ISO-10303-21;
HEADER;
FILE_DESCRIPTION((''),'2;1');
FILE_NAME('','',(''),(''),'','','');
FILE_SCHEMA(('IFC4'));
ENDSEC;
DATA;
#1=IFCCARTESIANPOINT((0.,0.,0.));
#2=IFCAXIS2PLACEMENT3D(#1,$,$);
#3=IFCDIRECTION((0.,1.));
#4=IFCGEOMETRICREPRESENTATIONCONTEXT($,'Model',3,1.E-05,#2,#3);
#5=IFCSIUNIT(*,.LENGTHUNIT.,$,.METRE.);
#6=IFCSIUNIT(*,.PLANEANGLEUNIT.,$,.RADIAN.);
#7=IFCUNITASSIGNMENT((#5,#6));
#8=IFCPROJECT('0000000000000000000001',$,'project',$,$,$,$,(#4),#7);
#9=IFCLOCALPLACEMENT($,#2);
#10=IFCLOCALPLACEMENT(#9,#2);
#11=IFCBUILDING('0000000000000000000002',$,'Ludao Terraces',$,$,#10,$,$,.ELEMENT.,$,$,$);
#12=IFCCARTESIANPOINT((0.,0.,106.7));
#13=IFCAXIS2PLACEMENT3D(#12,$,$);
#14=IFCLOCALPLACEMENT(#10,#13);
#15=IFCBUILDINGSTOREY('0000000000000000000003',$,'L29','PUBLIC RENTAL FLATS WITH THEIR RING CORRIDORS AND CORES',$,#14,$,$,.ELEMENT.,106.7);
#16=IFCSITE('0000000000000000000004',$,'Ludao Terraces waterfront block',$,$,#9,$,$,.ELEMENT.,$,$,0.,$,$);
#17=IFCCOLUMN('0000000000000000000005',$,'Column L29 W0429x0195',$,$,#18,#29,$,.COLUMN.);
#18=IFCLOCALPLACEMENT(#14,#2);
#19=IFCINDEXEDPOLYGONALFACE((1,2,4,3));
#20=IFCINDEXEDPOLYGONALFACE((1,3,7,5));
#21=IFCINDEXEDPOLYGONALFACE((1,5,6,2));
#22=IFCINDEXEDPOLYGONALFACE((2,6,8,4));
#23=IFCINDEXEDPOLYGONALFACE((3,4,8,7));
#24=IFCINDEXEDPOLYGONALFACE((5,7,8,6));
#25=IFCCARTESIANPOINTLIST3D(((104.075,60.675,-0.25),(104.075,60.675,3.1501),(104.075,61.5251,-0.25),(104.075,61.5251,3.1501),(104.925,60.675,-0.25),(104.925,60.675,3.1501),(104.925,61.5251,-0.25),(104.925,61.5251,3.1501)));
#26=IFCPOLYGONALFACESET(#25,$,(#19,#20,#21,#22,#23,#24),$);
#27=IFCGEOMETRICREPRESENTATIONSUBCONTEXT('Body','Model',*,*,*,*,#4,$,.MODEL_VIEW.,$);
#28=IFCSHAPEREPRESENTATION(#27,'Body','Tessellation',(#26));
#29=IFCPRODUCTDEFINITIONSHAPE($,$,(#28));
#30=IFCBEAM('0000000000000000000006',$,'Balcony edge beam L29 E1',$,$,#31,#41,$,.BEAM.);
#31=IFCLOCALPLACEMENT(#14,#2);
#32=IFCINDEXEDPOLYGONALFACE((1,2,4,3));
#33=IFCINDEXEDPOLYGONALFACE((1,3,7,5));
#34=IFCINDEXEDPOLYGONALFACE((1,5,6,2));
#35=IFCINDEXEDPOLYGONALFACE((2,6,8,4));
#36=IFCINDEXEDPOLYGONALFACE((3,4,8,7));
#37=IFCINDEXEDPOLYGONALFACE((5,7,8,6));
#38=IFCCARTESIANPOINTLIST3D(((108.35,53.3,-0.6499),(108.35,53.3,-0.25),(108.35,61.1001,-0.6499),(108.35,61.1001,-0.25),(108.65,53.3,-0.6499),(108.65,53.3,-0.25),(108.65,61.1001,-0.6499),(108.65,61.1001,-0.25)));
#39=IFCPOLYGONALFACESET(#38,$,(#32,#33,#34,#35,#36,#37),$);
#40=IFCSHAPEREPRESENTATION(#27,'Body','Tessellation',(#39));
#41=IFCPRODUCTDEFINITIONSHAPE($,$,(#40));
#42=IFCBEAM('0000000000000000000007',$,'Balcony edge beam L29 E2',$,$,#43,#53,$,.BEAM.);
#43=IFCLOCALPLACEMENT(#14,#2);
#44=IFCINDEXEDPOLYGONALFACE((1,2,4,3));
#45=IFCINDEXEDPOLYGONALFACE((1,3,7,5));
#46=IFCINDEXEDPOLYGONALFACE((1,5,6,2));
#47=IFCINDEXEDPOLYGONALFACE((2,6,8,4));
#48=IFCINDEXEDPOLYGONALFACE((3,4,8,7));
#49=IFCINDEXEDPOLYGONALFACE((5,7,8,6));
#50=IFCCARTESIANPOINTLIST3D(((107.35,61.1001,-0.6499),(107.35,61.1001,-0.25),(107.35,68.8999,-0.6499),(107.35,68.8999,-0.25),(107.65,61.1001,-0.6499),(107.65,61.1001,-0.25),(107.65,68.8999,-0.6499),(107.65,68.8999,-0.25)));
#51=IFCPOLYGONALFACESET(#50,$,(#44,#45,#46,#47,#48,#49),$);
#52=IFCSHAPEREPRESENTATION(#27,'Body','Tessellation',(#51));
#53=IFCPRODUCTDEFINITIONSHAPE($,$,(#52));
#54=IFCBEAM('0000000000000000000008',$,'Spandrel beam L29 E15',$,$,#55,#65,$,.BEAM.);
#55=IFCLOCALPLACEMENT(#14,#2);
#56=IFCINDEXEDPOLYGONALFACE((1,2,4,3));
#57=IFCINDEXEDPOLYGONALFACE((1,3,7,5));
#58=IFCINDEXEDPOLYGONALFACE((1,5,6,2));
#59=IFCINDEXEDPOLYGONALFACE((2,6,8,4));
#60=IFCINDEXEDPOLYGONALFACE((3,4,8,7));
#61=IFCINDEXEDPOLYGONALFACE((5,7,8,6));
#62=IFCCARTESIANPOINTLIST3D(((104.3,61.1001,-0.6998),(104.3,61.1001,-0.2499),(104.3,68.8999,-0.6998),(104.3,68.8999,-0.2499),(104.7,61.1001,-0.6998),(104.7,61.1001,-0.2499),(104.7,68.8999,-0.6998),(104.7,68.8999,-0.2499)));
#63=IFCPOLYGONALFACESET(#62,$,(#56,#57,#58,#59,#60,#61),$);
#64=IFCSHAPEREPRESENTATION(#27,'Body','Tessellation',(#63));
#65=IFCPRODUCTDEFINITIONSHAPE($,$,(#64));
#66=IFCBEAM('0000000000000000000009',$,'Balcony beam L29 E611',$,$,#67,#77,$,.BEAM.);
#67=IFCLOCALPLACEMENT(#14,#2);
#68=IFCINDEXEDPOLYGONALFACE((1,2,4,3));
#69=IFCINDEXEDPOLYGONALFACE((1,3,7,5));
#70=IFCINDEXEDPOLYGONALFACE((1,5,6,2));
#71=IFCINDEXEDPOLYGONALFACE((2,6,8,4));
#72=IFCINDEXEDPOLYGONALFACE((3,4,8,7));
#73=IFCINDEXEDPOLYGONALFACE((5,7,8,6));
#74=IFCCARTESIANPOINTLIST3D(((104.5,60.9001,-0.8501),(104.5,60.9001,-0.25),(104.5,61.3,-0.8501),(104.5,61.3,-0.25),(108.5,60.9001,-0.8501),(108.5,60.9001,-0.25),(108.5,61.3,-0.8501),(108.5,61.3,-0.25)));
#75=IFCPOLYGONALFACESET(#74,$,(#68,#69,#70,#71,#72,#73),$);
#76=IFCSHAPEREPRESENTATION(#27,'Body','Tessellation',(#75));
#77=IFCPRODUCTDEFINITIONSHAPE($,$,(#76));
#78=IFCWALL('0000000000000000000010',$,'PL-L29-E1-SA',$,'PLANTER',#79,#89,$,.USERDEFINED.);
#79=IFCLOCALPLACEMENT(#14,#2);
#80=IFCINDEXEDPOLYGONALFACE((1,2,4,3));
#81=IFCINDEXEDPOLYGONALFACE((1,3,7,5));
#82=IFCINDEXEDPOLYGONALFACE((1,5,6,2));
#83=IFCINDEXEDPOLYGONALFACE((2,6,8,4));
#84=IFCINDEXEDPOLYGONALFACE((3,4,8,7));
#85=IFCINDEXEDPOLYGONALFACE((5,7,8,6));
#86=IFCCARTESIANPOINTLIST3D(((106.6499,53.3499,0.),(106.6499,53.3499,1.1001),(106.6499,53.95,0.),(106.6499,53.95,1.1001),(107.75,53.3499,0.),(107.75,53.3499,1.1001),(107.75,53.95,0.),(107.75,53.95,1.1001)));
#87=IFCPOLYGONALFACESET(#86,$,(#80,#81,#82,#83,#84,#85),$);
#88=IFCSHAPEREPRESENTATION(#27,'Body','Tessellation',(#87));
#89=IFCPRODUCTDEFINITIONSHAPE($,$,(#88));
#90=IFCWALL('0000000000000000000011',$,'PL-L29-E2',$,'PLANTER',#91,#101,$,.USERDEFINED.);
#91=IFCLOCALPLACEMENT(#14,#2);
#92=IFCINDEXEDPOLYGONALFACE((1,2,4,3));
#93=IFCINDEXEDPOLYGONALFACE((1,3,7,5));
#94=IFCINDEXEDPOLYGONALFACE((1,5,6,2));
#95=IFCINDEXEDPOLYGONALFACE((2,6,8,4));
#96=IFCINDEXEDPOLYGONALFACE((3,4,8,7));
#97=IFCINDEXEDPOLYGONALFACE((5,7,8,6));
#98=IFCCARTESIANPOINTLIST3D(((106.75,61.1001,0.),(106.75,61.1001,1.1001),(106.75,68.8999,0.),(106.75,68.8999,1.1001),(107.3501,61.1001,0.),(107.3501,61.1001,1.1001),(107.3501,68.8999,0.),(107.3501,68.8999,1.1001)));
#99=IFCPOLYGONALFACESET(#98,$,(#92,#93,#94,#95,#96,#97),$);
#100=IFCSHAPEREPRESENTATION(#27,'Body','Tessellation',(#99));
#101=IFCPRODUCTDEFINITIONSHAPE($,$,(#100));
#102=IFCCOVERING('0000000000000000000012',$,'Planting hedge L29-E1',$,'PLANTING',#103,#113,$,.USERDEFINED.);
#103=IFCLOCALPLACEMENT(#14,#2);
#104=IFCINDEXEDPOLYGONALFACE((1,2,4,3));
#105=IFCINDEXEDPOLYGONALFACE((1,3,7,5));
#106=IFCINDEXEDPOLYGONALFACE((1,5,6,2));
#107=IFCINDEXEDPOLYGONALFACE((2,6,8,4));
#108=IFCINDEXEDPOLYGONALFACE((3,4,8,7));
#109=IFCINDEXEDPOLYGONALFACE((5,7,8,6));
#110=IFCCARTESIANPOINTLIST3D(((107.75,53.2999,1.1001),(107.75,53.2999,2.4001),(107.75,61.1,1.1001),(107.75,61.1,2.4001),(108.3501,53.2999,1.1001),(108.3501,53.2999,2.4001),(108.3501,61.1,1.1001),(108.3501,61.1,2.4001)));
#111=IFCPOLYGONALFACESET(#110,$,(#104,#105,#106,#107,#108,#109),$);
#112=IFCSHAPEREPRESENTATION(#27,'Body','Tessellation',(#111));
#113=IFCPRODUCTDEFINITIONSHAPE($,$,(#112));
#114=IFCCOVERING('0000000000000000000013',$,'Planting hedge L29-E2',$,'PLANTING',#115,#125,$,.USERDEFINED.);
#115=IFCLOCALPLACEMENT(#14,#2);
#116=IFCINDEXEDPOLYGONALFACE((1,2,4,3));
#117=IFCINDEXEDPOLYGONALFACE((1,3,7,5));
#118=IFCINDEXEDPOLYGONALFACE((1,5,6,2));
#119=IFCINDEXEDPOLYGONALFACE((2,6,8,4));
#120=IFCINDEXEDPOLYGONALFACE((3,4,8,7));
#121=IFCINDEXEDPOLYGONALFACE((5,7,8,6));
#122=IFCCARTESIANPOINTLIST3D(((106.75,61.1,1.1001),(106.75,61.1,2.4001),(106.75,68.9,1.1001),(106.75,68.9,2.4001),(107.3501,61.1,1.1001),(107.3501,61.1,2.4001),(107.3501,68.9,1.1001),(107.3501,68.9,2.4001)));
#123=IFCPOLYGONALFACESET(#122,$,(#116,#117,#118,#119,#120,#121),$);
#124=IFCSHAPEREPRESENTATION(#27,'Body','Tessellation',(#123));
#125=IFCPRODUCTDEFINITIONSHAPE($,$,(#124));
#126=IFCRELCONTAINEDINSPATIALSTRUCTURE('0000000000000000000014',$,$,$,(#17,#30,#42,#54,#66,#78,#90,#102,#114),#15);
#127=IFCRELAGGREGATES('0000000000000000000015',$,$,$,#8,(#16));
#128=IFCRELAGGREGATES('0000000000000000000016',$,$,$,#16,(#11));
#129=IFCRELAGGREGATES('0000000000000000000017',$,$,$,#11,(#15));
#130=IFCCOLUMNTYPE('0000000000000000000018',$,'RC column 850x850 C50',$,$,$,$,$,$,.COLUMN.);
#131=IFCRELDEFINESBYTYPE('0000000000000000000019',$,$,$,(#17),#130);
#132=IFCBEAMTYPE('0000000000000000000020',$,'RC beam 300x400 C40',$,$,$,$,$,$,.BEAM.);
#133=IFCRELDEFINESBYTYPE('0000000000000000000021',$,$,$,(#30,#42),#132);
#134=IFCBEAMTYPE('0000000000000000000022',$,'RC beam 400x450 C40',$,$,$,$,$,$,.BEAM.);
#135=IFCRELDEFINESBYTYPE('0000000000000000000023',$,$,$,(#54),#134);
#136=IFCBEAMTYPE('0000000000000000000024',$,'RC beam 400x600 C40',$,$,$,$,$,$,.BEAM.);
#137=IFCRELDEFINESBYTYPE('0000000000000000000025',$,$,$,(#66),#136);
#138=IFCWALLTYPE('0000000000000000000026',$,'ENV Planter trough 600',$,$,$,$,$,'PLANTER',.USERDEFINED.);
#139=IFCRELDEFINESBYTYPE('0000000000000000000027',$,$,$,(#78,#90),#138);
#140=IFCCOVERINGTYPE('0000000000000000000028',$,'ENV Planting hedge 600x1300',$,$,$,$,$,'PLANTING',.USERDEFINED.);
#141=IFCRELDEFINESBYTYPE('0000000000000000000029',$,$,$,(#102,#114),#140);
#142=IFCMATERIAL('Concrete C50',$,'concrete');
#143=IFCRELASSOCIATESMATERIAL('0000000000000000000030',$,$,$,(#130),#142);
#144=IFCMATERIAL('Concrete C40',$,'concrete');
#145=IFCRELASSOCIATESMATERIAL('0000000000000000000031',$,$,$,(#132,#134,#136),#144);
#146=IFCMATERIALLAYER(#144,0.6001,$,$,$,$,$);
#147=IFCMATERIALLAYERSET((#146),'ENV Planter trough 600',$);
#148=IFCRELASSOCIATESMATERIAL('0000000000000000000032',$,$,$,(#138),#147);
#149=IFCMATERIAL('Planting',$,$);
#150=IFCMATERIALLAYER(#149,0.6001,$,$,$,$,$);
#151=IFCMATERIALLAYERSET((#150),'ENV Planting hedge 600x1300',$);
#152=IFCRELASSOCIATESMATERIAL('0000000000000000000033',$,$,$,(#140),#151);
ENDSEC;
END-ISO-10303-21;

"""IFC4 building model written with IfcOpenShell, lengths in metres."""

from ifc_helpers import new_model, si_unit, direction, frame, frame_2d, origin, origin_2d, place, context, subcontext, project, spatial, rectangle, extrude, material, layer, layer_set, material_profile, profile_set, type_object, element, save


model = new_model("IFC4")

# Units and contexts
model_context = context("Model", 3, precision=1e-05, world=origin(), true_north=direction((0.0, 1.0)))
body_context = subcontext(model_context, "Body", "Model", "MODEL_VIEW")
ifc_project = project(units=[si_unit("LENGTHUNIT", "METRE"), si_unit("PLANEANGLEUNIT", "RADIAN")], contexts=[model_context])

# Site, building, storey
site_placement = place(None, origin())
site = spatial("IfcSite", under=ifc_project, at=site_placement, Name="Ludao Terraces waterfront block", CompositionType="ELEMENT", RefElevation=0.0)
building_placement = place(site_placement, origin())
building = spatial("IfcBuilding", under=site, at=building_placement, Name="Ludao Terraces", CompositionType="ELEMENT")
storey_placement = place(building_placement, frame((0.0, 0.0, 106.7)))
storey = spatial("IfcBuildingStorey", under=building, at=storey_placement, Name="L29", Description="PUBLIC RENTAL FLATS WITH THEIR RING CORRIDORS AND CORES", CompositionType="ELEMENT", Elevation=106.7)

# Column
ifc_material_1 = material(Name="Concrete C50", Category="concrete")
ifc_material_profile_1 = material_profile(ifc_material_1, rectangle(XDim=0.8501, YDim=0.8501, at=origin_2d()), Name="850 X 850")
ifc_profile_set_1 = profile_set([ifc_material_profile_1], Name="Concrete C50")
column_type = type_object("IfcColumnType", Name="RC column 850x850 C50", PredefinedType="COLUMN", material=ifc_profile_set_1)
column_placement = place(storey_placement, frame((104.5, 61.1001, -0.25), z_axis=(0.0, 0.0, 1.0), x_axis=(1.0, 0.0, 0.0)))
element("IfcColumn", 1, at=column_placement, inside=storey, type_object=column_type, Name="Column L29 W0429x0195", PredefinedType="COLUMN", context=body_context, shape_type="SweptSolid", body=[
    extrude(rectangle(XDim=0.8501, YDim=0.8501, at=origin_2d()), origin(), (0.0, 0.0, 1.0), 3.4001),
])

# Beams
ifc_material_2 = material(Name="Concrete C40", Category="concrete")
ifc_material_profile_2 = material_profile(ifc_material_2, rectangle(XDim=0.3, YDim=0.3999, at=origin_2d()), Name="300 X 400")
ifc_profile_set_2 = profile_set([ifc_material_profile_2], Name="Concrete C40")
beam_type_1 = type_object("IfcBeamType", Name="RC beam 300x400 C40", PredefinedType="BEAM", material=ifc_profile_set_2)
beam_1_placement = place(storey_placement, frame((108.5, 53.3, -0.45), z_axis=(0.0, 1.0, 0.0), x_axis=(-1.0, 0.0, 0.0)))
element("IfcBeam", 2, at=beam_1_placement, inside=storey, type_object=beam_type_1, Name="Balcony edge beam L29 E1", PredefinedType="BEAM", context=body_context, shape_type="SweptSolid", body=[
    extrude(rectangle(XDim=0.3, YDim=0.3999, at=origin_2d()), origin(), (0.0, 0.0, 1.0), 7.8),
])
beam_2_placement = place(storey_placement, frame((107.5, 61.1001, -0.45), z_axis=(0.0, 1.0, 0.0), x_axis=(-1.0, 0.0, 0.0)))
element("IfcBeam", 3, at=beam_2_placement, inside=storey, type_object=beam_type_1, Name="Balcony edge beam L29 E2", PredefinedType="BEAM", context=body_context, shape_type="SweptSolid", body=[
    extrude(rectangle(XDim=0.3, YDim=0.3999, at=origin_2d()), origin(), (0.0, 0.0, 1.0), 7.7998),
])
ifc_material_profile_3 = material_profile(ifc_material_2, rectangle(XDim=0.3999, YDim=0.45, at=origin_2d()), Name="400 X 450")
ifc_profile_set_3 = profile_set([ifc_material_profile_3], Name="Concrete C40")
beam_type_2 = type_object("IfcBeamType", Name="RC beam 400x450 C40", PredefinedType="BEAM", material=ifc_profile_set_3)
beam_3_placement = place(storey_placement, frame((104.5, 61.1001, -0.4749), z_axis=(0.0, 1.0, 0.0), x_axis=(-1.0, 0.0, 0.0)))
element("IfcBeam", 4, at=beam_3_placement, inside=storey, type_object=beam_type_2, Name="Spandrel beam L29 E15", PredefinedType="BEAM", context=body_context, shape_type="SweptSolid", body=[
    extrude(rectangle(XDim=0.3999, YDim=0.45, at=origin_2d()), origin(), (0.0, 0.0, 1.0), 7.7998),
])
ifc_material_profile_4 = material_profile(ifc_material_2, rectangle(XDim=0.3999, YDim=0.6001, at=origin_2d()), Name="400 X 600")
ifc_profile_set_4 = profile_set([ifc_material_profile_4], Name="Concrete C40")
beam_type_3 = type_object("IfcBeamType", Name="RC beam 400x600 C40", PredefinedType="BEAM", material=ifc_profile_set_4)
beam_4_placement = place(storey_placement, frame((104.5, 61.1001, -0.55), z_axis=(1.0, 0.0, 0.0), x_axis=(0.0, 1.0, 0.0)))
element("IfcBeam", 5, at=beam_4_placement, inside=storey, type_object=beam_type_3, Name="Balcony beam L29 E611", PredefinedType="BEAM", context=body_context, shape_type="SweptSolid", body=[
    extrude(rectangle(XDim=0.3999, YDim=0.6001, at=origin_2d()), origin(), (0.0, 0.0, 1.0), 4.0),
])

# Walls
ifc_layer_1 = layer(ifc_material_2, 0.6001)
ifc_layer_set_1 = layer_set([ifc_layer_1], Name="ENV Planter trough 600")
wall_type = type_object("IfcWallType", Name="ENV Planter trough 600", ElementType="PLANTER", PredefinedType="USERDEFINED", material=ifc_layer_set_1)
wall_1_placement = place(storey_placement, frame((107.75, 53.6499, 0.0), z_axis=(0.0, 0.0, 1.0), x_axis=(-1.0, 0.0, 0.0)))
element("IfcWall", 6, at=wall_1_placement, inside=storey, type_object=wall_type, Name="PL-L29-E1-SA", ObjectType="PLANTER", PredefinedType="USERDEFINED", context=body_context, shape_type="SweptSolid", body=[
    extrude(rectangle(XDim=1.1001, YDim=0.6001, at=frame_2d((0.55, 0.0))), origin(), (0.0, 0.0, 1.0), 1.1001),
])
wall_2_placement = place(storey_placement, frame((107.05, 61.1001, 0.0), z_axis=(0.0, 0.0, 1.0), x_axis=(0.0, 1.0, 0.0)))
element("IfcWall", 7, at=wall_2_placement, inside=storey, type_object=wall_type, Name="PL-L29-E2", ObjectType="PLANTER", PredefinedType="USERDEFINED", context=body_context, shape_type="SweptSolid", body=[
    extrude(rectangle(XDim=7.7998, YDim=0.6001, at=frame_2d((3.8999, 0.0))), origin(), (0.0, 0.0, 1.0), 1.1001),
])

# Coverings
ifc_material_3 = material(Name="Planting")
ifc_layer_2 = layer(ifc_material_3, 0.6001)
ifc_layer_set_2 = layer_set([ifc_layer_2], Name="ENV Planting hedge 600x1300")
covering_type = type_object("IfcCoveringType", Name="ENV Planting hedge 600x1300", ElementType="PLANTING", PredefinedType="USERDEFINED", material=ifc_layer_set_2)
for number, where, z_axis, x_axis, name in (
    (8, (108.05, 57.2, 1.1001), (0.0, 0.0, 1.0), (1.0, 0.0, 0.0), "Planting hedge L29-E1"),
    (9, (107.05, 65.0, 1.1001), (0.0, 0.0, 1.0), (1.0, 0.0, 0.0), "Planting hedge L29-E2"),
):
    element("IfcCovering", number, at=place(storey_placement, frame(where, z_axis=z_axis, x_axis=x_axis)), inside=storey, type_object=covering_type, Name=name, ObjectType="PLANTING", PredefinedType="USERDEFINED", context=body_context, shape_type="SweptSolid", body=[
        extrude(rectangle(XDim=0.6001, YDim=7.8, at=origin_2d()), origin(), (0.0, 0.0, 1.0), 1.3),
    ])

save(model, "model.ifc")
